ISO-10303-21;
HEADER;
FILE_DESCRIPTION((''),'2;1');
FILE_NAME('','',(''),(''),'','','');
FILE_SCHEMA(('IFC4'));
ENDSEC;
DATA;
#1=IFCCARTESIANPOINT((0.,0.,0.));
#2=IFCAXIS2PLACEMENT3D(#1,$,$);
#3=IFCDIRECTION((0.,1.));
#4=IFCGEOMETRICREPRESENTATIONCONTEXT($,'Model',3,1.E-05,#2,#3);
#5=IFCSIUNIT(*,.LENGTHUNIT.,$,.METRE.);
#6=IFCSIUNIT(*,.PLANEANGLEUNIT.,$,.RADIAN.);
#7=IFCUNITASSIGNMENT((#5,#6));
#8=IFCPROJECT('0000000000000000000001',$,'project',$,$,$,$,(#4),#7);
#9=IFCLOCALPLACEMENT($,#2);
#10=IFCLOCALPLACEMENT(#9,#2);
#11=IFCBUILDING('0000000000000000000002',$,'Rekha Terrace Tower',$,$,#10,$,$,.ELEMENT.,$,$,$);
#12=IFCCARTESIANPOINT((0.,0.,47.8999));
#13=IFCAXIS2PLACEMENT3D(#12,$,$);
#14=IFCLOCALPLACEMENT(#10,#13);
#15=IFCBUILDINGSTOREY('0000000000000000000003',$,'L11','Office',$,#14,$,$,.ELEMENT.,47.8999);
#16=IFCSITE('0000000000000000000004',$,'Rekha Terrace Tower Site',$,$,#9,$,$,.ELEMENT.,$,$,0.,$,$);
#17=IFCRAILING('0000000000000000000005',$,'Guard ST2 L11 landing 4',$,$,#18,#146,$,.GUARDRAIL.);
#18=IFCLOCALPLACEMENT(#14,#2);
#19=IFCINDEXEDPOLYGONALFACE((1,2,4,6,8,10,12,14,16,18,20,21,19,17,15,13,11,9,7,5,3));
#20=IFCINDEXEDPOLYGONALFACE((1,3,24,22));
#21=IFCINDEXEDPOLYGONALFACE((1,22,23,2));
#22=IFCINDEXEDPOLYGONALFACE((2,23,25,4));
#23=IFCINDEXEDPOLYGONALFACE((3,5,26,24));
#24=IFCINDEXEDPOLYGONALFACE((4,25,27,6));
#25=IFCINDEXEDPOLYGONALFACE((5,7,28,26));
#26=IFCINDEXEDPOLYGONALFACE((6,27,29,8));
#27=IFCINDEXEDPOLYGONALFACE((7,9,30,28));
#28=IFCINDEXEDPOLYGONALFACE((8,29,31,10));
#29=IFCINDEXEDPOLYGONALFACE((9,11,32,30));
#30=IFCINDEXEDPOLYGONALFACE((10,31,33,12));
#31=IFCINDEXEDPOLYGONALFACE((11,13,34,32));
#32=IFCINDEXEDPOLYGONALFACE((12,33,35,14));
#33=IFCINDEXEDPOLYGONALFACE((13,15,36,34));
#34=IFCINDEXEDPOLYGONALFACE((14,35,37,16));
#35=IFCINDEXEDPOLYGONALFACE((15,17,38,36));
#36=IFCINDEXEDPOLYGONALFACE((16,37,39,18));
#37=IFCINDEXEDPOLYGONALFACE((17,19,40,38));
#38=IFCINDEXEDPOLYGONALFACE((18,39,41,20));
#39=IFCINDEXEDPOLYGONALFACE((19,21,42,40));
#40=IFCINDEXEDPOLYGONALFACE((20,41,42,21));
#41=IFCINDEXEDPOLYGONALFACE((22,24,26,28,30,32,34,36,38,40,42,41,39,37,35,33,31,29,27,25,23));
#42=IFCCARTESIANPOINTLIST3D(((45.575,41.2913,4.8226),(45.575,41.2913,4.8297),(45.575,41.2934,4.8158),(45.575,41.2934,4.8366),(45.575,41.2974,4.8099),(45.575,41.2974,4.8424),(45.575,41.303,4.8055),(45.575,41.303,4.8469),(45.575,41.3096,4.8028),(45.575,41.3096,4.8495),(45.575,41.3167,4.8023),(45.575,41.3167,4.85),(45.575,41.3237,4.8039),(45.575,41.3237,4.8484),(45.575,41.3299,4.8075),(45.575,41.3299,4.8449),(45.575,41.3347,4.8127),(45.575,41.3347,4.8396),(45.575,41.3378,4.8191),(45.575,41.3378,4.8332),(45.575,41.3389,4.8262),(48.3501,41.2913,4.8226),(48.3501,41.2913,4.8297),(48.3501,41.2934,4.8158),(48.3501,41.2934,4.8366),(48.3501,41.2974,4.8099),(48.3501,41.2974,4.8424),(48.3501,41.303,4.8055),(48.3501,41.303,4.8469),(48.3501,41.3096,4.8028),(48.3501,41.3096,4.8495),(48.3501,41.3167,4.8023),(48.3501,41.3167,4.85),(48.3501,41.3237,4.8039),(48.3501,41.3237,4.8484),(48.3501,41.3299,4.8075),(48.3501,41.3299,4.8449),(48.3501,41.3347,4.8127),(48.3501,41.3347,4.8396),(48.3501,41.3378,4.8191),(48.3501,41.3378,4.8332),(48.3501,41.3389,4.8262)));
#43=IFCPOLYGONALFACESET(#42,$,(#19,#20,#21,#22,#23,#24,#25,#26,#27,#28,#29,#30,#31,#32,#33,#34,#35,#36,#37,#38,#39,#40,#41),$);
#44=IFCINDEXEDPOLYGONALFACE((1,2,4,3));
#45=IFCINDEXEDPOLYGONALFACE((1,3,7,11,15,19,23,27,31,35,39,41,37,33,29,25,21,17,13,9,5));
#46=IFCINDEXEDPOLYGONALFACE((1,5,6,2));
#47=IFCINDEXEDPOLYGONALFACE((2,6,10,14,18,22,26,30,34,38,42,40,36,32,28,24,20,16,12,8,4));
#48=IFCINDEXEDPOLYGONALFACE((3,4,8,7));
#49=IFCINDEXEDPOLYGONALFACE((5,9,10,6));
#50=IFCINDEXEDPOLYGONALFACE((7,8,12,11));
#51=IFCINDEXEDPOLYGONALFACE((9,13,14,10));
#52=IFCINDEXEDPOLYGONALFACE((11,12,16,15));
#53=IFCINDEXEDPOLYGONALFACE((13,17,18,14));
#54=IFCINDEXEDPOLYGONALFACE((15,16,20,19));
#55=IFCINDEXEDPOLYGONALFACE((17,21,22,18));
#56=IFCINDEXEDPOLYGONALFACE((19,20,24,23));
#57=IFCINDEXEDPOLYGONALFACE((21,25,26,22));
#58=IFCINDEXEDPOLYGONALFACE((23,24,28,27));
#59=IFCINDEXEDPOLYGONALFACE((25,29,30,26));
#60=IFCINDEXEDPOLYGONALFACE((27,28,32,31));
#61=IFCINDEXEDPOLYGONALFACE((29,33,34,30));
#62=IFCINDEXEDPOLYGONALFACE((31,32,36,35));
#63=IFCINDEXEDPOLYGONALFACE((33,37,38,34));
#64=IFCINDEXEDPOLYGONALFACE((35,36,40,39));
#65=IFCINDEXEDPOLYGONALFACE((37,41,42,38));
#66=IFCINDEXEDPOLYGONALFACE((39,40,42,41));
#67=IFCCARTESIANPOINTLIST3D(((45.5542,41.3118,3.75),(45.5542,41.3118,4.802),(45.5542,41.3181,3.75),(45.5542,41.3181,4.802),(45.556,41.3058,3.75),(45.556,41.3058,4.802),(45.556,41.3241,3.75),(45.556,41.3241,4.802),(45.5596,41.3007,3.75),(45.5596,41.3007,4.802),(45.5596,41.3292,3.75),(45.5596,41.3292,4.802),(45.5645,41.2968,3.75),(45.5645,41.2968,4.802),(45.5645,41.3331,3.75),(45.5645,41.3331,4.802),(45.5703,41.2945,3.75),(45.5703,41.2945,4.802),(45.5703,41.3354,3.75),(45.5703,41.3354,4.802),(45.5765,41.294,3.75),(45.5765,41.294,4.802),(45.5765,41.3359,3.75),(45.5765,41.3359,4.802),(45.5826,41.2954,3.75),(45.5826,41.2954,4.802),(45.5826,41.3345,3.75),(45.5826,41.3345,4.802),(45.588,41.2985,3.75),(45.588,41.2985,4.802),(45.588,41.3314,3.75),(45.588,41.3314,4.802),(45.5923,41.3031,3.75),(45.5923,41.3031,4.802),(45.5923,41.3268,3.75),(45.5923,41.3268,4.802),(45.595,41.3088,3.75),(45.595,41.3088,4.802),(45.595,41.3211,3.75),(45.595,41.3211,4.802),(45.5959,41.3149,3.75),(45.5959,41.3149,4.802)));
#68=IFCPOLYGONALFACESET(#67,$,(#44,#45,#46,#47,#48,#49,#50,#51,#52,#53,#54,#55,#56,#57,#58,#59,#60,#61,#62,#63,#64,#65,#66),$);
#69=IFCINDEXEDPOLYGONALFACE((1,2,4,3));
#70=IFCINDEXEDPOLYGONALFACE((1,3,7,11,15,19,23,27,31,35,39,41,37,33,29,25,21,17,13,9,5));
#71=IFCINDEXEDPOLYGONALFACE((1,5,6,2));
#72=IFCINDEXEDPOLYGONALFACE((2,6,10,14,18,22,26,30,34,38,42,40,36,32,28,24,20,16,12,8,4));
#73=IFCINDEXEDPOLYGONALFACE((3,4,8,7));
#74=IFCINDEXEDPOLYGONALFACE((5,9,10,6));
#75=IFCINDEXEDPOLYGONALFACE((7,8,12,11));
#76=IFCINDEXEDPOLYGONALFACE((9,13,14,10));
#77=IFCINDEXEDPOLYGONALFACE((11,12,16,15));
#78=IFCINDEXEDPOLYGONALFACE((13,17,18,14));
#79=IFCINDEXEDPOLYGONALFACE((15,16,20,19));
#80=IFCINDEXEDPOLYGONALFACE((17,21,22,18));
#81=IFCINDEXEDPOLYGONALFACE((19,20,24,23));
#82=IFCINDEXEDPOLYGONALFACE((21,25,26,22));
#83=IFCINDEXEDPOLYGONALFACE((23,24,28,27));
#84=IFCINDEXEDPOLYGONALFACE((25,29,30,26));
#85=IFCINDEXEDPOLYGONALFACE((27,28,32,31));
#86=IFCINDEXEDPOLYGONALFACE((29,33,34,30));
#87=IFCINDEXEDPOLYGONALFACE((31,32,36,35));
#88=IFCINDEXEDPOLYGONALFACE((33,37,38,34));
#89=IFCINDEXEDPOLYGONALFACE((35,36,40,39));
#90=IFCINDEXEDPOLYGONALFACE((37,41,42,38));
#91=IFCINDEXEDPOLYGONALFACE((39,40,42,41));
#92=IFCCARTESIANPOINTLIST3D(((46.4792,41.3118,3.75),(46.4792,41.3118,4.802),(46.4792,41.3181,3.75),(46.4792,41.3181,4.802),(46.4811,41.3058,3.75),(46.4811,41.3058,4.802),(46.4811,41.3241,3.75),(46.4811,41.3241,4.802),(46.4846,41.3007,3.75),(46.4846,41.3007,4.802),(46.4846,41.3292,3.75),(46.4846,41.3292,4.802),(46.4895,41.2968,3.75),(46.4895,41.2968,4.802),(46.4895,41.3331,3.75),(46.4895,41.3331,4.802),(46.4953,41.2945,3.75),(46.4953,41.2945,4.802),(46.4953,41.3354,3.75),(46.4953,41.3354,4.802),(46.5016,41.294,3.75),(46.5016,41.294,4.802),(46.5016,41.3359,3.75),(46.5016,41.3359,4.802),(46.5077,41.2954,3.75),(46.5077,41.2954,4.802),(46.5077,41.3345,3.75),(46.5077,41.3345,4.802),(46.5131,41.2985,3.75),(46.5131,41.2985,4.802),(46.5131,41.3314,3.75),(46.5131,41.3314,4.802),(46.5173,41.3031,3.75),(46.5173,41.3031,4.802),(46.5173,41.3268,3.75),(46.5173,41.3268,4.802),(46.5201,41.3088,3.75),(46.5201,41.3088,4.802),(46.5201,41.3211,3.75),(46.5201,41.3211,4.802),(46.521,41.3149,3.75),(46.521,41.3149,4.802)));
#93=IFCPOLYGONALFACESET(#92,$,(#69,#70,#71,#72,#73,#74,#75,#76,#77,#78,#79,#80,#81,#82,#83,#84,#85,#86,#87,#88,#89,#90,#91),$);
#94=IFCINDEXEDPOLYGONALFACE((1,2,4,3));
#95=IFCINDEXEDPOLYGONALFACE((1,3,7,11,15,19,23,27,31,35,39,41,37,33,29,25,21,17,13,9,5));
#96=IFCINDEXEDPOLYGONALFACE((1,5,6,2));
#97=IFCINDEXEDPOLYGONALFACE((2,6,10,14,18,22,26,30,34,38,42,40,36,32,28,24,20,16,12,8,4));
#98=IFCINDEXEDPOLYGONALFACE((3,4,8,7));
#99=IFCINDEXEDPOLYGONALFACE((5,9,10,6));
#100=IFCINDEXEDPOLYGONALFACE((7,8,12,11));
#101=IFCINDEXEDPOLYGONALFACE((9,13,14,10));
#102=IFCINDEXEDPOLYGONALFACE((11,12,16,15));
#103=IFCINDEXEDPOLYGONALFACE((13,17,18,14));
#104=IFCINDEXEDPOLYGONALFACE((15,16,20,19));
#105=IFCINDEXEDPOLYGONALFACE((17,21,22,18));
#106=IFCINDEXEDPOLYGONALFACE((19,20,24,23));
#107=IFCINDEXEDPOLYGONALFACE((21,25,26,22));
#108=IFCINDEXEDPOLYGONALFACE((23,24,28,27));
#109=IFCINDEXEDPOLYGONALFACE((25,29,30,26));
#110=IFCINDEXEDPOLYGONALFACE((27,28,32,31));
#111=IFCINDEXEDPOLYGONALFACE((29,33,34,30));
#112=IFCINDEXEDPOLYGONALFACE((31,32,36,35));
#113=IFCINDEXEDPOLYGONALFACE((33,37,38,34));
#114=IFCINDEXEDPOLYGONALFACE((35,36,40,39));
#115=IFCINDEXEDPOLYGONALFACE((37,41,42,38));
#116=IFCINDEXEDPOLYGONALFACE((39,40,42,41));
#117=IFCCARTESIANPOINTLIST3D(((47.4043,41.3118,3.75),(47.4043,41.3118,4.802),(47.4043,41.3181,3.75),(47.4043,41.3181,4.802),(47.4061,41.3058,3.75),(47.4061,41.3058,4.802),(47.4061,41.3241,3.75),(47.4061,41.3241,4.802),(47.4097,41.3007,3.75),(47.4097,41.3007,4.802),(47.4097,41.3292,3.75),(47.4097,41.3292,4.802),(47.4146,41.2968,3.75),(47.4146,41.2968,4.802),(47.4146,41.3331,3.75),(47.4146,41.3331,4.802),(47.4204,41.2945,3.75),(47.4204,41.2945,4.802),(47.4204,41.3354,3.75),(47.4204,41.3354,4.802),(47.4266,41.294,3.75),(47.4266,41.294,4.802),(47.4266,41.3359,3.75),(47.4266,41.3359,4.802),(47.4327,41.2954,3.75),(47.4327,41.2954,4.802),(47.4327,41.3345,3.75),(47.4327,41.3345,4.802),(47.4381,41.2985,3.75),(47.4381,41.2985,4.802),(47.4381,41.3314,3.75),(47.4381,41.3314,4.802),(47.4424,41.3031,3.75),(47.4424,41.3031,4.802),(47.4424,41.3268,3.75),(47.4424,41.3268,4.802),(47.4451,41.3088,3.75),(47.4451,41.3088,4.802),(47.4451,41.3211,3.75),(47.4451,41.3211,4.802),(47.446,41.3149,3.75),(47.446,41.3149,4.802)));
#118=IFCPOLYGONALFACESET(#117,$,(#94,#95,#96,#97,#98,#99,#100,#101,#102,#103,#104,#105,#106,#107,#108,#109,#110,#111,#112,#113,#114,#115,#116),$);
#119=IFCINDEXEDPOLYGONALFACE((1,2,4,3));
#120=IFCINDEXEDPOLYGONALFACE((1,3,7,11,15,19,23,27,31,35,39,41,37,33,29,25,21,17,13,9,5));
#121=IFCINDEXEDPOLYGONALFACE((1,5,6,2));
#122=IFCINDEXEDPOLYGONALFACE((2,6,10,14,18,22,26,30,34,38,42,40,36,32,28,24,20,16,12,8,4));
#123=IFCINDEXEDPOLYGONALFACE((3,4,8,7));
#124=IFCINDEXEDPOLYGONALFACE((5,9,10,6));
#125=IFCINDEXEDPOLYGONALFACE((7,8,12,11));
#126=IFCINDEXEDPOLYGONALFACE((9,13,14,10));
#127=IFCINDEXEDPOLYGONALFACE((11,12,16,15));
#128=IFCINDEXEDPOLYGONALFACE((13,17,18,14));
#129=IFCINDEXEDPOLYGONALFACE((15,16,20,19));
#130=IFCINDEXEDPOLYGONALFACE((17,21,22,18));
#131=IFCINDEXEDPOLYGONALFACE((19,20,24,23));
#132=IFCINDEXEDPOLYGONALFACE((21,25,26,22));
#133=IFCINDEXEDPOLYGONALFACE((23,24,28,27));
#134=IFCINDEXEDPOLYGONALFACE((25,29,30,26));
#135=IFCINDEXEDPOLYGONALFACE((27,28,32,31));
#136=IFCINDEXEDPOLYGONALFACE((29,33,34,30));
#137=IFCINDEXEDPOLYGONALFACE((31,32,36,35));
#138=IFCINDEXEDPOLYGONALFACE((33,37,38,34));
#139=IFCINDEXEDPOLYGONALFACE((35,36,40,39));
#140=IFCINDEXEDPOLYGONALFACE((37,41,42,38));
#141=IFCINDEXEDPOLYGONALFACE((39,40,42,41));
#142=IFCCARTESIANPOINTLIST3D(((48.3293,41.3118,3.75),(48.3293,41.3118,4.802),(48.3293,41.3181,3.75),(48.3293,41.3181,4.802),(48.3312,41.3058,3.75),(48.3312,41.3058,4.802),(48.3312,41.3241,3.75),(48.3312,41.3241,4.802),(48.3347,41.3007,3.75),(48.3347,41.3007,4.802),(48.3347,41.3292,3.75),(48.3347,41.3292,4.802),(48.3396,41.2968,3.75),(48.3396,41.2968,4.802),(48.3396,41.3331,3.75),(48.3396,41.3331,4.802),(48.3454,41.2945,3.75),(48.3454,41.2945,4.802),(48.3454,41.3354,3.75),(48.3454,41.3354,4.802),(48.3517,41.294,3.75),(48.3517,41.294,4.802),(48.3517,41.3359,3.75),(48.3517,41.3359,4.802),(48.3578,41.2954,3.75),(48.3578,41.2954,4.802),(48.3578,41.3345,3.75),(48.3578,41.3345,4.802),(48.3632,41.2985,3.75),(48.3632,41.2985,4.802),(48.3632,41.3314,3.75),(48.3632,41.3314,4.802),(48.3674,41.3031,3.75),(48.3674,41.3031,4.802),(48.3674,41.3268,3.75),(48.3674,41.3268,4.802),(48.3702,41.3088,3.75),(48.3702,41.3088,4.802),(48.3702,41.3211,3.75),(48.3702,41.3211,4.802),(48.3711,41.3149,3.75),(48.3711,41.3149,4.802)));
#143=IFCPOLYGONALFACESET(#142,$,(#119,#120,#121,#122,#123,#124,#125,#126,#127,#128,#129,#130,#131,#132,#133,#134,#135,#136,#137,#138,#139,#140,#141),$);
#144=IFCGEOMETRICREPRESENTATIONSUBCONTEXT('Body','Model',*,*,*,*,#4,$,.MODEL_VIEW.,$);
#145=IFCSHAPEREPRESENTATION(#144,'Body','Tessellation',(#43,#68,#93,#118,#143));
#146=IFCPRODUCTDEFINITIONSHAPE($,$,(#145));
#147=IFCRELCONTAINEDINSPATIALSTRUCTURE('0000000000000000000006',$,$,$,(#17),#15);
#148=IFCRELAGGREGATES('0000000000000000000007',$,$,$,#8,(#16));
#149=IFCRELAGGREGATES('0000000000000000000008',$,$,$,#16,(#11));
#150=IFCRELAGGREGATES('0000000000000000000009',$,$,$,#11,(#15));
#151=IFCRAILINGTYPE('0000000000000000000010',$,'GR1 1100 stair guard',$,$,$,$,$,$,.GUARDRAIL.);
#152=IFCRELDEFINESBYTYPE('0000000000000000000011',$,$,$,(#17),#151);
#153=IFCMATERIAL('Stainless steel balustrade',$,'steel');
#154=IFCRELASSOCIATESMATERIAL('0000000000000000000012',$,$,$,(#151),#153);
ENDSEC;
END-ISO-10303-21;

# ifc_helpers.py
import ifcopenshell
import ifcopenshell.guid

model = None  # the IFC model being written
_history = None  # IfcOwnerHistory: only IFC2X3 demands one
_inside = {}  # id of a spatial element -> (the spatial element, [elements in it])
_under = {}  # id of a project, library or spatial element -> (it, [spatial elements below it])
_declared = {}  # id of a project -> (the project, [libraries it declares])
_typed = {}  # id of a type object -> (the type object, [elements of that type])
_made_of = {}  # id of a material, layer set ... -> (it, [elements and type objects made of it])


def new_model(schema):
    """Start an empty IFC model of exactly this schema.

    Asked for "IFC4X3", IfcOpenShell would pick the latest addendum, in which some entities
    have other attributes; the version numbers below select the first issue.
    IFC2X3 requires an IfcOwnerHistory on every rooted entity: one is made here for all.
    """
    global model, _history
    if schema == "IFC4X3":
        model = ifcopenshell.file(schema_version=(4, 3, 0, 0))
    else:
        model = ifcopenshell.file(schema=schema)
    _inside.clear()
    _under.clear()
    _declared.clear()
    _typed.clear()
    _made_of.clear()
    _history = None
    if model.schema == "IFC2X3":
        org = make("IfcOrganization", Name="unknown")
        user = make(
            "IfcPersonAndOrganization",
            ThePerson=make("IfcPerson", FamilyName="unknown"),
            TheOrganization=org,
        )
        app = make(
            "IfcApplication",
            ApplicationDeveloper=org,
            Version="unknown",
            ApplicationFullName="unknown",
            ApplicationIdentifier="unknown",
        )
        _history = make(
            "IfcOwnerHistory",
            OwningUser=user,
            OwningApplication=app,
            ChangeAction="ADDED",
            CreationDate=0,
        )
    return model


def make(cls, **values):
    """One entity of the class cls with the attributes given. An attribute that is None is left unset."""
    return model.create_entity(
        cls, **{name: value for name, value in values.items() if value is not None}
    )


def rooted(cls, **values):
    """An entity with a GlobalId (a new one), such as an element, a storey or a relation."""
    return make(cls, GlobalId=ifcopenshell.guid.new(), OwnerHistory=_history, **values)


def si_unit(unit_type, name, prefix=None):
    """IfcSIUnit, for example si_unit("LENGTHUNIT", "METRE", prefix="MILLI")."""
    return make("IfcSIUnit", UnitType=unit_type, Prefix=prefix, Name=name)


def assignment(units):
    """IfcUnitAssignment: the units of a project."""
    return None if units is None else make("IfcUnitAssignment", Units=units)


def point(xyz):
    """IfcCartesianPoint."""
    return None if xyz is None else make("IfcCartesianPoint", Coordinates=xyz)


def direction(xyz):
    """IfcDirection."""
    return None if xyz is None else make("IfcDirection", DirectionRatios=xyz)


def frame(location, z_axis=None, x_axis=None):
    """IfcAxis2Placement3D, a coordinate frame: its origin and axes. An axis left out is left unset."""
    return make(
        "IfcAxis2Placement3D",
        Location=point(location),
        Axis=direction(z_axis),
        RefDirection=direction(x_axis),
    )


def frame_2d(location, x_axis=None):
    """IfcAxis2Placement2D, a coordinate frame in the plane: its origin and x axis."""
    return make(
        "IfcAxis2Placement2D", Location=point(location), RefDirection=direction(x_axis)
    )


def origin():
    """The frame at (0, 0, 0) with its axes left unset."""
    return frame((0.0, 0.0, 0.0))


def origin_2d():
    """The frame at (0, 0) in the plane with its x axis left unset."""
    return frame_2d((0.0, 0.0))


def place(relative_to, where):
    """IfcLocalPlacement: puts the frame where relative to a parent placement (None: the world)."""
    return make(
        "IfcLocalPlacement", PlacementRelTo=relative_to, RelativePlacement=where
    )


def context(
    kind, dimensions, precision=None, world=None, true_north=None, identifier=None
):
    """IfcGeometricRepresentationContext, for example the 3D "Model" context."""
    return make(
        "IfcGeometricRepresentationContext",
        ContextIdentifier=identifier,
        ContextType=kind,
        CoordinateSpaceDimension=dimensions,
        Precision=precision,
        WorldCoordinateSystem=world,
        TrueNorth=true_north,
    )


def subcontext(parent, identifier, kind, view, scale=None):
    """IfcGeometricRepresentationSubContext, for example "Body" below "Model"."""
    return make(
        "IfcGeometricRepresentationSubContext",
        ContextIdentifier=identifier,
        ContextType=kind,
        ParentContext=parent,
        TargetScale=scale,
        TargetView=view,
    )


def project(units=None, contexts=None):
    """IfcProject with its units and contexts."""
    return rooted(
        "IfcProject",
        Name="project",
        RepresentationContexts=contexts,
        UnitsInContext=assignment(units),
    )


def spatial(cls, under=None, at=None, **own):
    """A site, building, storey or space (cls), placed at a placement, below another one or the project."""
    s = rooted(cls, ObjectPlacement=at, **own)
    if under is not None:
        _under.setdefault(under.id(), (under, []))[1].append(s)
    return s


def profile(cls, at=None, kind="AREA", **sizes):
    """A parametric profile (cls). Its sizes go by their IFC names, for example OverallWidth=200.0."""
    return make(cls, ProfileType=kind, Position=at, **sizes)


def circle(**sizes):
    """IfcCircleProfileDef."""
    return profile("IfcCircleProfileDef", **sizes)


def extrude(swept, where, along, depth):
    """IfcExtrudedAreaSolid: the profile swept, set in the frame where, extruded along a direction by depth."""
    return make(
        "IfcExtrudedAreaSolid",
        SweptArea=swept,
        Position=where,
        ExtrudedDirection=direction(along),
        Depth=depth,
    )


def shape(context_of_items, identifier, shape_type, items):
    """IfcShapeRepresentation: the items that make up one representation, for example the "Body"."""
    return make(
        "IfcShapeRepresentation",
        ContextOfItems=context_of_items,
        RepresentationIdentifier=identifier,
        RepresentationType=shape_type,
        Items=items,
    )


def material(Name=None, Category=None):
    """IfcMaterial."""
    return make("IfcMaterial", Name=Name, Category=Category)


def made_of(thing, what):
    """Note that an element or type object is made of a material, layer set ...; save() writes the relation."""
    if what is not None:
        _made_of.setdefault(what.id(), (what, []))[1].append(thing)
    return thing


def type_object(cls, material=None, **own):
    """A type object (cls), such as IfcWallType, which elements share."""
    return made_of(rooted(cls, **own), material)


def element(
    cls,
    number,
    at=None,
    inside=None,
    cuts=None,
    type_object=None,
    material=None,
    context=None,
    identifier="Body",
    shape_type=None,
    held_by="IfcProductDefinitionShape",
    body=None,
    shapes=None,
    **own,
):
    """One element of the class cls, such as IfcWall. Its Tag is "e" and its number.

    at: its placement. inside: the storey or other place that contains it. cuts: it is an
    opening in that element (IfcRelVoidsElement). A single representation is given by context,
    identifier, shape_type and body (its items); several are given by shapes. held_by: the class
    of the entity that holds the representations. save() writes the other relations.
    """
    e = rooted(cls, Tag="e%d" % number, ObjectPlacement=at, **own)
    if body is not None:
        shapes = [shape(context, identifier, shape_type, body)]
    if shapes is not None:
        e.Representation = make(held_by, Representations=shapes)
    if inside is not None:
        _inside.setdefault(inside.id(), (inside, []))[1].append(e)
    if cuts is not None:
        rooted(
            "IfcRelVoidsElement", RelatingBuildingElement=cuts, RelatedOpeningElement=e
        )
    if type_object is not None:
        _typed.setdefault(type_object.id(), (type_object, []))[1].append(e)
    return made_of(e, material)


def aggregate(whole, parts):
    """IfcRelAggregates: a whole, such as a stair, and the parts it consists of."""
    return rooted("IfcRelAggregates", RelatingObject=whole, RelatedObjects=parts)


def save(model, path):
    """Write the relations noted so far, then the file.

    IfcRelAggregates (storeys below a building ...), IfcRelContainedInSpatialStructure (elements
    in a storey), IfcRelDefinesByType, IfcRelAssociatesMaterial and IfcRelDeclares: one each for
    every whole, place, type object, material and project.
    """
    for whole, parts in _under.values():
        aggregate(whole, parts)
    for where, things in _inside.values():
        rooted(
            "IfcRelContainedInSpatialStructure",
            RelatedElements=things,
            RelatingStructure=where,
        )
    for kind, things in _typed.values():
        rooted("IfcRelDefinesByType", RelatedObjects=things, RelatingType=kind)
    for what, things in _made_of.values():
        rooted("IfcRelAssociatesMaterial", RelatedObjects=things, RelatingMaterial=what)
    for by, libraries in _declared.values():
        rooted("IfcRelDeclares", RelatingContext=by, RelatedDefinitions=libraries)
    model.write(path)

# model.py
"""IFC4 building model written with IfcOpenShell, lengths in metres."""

from ifc_helpers import new_model, si_unit, direction, frame, origin, origin_2d, place, context, subcontext, project, spatial, circle, extrude, material, type_object, element, save


model = new_model("IFC4")

# Units and contexts
model_context = context("Model", 3, precision=1e-05, world=origin(), true_north=direction((0.0, 1.0)))
body_context = subcontext(model_context, "Body", "Model", "MODEL_VIEW")
ifc_project = project(units=[si_unit("LENGTHUNIT", "METRE"), si_unit("PLANEANGLEUNIT", "RADIAN")], contexts=[model_context])

# Site, building, storey
site_placement = place(None, origin())
site = spatial("IfcSite", under=ifc_project, at=site_placement, Name="Rekha Terrace Tower Site", CompositionType="ELEMENT", RefElevation=0.0)
building_placement = place(site_placement, origin())
building = spatial("IfcBuilding", under=site, at=building_placement, Name="Rekha Terrace Tower", CompositionType="ELEMENT")
storey_placement = place(building_placement, frame((0.0, 0.0, 47.8999)))
storey = spatial("IfcBuildingStorey", under=building, at=storey_placement, Name="L11", Description="Office", CompositionType="ELEMENT", Elevation=47.8999)

# Railing
ifc_material_1 = material(Name="Stainless steel balustrade", Category="steel")
railing_type_1 = type_object("IfcRailingType", Name="GR1 1100 stair guard", PredefinedType="GUARDRAIL", material=ifc_material_1)
railing_1_placement = place(storey_placement, frame((45.575, 41.3149, 3.75)))
element("IfcRailing", 1, at=railing_1_placement, inside=storey, type_object=railing_type_1, Name="Guard ST2 L11 landing 4", PredefinedType="GUARDRAIL", context=body_context, shape_type="SweptSolid", body=[
    extrude(circle(Radius=0.0239, at=origin_2d()), frame((0.0, 0.0, 1.0762), z_axis=(1.0, 0.0, 0.0), x_axis=(0.0, 1.0, 0.0)), (0.0, 0.0, 1.0), 2.7751),
    extrude(circle(Radius=0.021, at=origin_2d()), origin(), (0.0, 0.0, 1.0), 1.052),
    extrude(circle(Radius=0.021, at=origin_2d()), frame((0.925, 0.0, 0.0)), (0.0, 0.0, 1.0), 1.052),
    extrude(circle(Radius=0.021, at=origin_2d()), frame((1.8501, 0.0, 0.0)), (0.0, 0.0, 1.0), 1.052),
    extrude(circle(Radius=0.021, at=origin_2d()), frame((2.7751, 0.0, 0.0)), (0.0, 0.0, 1.0), 1.052),
])

save(model, "model.ifc")
